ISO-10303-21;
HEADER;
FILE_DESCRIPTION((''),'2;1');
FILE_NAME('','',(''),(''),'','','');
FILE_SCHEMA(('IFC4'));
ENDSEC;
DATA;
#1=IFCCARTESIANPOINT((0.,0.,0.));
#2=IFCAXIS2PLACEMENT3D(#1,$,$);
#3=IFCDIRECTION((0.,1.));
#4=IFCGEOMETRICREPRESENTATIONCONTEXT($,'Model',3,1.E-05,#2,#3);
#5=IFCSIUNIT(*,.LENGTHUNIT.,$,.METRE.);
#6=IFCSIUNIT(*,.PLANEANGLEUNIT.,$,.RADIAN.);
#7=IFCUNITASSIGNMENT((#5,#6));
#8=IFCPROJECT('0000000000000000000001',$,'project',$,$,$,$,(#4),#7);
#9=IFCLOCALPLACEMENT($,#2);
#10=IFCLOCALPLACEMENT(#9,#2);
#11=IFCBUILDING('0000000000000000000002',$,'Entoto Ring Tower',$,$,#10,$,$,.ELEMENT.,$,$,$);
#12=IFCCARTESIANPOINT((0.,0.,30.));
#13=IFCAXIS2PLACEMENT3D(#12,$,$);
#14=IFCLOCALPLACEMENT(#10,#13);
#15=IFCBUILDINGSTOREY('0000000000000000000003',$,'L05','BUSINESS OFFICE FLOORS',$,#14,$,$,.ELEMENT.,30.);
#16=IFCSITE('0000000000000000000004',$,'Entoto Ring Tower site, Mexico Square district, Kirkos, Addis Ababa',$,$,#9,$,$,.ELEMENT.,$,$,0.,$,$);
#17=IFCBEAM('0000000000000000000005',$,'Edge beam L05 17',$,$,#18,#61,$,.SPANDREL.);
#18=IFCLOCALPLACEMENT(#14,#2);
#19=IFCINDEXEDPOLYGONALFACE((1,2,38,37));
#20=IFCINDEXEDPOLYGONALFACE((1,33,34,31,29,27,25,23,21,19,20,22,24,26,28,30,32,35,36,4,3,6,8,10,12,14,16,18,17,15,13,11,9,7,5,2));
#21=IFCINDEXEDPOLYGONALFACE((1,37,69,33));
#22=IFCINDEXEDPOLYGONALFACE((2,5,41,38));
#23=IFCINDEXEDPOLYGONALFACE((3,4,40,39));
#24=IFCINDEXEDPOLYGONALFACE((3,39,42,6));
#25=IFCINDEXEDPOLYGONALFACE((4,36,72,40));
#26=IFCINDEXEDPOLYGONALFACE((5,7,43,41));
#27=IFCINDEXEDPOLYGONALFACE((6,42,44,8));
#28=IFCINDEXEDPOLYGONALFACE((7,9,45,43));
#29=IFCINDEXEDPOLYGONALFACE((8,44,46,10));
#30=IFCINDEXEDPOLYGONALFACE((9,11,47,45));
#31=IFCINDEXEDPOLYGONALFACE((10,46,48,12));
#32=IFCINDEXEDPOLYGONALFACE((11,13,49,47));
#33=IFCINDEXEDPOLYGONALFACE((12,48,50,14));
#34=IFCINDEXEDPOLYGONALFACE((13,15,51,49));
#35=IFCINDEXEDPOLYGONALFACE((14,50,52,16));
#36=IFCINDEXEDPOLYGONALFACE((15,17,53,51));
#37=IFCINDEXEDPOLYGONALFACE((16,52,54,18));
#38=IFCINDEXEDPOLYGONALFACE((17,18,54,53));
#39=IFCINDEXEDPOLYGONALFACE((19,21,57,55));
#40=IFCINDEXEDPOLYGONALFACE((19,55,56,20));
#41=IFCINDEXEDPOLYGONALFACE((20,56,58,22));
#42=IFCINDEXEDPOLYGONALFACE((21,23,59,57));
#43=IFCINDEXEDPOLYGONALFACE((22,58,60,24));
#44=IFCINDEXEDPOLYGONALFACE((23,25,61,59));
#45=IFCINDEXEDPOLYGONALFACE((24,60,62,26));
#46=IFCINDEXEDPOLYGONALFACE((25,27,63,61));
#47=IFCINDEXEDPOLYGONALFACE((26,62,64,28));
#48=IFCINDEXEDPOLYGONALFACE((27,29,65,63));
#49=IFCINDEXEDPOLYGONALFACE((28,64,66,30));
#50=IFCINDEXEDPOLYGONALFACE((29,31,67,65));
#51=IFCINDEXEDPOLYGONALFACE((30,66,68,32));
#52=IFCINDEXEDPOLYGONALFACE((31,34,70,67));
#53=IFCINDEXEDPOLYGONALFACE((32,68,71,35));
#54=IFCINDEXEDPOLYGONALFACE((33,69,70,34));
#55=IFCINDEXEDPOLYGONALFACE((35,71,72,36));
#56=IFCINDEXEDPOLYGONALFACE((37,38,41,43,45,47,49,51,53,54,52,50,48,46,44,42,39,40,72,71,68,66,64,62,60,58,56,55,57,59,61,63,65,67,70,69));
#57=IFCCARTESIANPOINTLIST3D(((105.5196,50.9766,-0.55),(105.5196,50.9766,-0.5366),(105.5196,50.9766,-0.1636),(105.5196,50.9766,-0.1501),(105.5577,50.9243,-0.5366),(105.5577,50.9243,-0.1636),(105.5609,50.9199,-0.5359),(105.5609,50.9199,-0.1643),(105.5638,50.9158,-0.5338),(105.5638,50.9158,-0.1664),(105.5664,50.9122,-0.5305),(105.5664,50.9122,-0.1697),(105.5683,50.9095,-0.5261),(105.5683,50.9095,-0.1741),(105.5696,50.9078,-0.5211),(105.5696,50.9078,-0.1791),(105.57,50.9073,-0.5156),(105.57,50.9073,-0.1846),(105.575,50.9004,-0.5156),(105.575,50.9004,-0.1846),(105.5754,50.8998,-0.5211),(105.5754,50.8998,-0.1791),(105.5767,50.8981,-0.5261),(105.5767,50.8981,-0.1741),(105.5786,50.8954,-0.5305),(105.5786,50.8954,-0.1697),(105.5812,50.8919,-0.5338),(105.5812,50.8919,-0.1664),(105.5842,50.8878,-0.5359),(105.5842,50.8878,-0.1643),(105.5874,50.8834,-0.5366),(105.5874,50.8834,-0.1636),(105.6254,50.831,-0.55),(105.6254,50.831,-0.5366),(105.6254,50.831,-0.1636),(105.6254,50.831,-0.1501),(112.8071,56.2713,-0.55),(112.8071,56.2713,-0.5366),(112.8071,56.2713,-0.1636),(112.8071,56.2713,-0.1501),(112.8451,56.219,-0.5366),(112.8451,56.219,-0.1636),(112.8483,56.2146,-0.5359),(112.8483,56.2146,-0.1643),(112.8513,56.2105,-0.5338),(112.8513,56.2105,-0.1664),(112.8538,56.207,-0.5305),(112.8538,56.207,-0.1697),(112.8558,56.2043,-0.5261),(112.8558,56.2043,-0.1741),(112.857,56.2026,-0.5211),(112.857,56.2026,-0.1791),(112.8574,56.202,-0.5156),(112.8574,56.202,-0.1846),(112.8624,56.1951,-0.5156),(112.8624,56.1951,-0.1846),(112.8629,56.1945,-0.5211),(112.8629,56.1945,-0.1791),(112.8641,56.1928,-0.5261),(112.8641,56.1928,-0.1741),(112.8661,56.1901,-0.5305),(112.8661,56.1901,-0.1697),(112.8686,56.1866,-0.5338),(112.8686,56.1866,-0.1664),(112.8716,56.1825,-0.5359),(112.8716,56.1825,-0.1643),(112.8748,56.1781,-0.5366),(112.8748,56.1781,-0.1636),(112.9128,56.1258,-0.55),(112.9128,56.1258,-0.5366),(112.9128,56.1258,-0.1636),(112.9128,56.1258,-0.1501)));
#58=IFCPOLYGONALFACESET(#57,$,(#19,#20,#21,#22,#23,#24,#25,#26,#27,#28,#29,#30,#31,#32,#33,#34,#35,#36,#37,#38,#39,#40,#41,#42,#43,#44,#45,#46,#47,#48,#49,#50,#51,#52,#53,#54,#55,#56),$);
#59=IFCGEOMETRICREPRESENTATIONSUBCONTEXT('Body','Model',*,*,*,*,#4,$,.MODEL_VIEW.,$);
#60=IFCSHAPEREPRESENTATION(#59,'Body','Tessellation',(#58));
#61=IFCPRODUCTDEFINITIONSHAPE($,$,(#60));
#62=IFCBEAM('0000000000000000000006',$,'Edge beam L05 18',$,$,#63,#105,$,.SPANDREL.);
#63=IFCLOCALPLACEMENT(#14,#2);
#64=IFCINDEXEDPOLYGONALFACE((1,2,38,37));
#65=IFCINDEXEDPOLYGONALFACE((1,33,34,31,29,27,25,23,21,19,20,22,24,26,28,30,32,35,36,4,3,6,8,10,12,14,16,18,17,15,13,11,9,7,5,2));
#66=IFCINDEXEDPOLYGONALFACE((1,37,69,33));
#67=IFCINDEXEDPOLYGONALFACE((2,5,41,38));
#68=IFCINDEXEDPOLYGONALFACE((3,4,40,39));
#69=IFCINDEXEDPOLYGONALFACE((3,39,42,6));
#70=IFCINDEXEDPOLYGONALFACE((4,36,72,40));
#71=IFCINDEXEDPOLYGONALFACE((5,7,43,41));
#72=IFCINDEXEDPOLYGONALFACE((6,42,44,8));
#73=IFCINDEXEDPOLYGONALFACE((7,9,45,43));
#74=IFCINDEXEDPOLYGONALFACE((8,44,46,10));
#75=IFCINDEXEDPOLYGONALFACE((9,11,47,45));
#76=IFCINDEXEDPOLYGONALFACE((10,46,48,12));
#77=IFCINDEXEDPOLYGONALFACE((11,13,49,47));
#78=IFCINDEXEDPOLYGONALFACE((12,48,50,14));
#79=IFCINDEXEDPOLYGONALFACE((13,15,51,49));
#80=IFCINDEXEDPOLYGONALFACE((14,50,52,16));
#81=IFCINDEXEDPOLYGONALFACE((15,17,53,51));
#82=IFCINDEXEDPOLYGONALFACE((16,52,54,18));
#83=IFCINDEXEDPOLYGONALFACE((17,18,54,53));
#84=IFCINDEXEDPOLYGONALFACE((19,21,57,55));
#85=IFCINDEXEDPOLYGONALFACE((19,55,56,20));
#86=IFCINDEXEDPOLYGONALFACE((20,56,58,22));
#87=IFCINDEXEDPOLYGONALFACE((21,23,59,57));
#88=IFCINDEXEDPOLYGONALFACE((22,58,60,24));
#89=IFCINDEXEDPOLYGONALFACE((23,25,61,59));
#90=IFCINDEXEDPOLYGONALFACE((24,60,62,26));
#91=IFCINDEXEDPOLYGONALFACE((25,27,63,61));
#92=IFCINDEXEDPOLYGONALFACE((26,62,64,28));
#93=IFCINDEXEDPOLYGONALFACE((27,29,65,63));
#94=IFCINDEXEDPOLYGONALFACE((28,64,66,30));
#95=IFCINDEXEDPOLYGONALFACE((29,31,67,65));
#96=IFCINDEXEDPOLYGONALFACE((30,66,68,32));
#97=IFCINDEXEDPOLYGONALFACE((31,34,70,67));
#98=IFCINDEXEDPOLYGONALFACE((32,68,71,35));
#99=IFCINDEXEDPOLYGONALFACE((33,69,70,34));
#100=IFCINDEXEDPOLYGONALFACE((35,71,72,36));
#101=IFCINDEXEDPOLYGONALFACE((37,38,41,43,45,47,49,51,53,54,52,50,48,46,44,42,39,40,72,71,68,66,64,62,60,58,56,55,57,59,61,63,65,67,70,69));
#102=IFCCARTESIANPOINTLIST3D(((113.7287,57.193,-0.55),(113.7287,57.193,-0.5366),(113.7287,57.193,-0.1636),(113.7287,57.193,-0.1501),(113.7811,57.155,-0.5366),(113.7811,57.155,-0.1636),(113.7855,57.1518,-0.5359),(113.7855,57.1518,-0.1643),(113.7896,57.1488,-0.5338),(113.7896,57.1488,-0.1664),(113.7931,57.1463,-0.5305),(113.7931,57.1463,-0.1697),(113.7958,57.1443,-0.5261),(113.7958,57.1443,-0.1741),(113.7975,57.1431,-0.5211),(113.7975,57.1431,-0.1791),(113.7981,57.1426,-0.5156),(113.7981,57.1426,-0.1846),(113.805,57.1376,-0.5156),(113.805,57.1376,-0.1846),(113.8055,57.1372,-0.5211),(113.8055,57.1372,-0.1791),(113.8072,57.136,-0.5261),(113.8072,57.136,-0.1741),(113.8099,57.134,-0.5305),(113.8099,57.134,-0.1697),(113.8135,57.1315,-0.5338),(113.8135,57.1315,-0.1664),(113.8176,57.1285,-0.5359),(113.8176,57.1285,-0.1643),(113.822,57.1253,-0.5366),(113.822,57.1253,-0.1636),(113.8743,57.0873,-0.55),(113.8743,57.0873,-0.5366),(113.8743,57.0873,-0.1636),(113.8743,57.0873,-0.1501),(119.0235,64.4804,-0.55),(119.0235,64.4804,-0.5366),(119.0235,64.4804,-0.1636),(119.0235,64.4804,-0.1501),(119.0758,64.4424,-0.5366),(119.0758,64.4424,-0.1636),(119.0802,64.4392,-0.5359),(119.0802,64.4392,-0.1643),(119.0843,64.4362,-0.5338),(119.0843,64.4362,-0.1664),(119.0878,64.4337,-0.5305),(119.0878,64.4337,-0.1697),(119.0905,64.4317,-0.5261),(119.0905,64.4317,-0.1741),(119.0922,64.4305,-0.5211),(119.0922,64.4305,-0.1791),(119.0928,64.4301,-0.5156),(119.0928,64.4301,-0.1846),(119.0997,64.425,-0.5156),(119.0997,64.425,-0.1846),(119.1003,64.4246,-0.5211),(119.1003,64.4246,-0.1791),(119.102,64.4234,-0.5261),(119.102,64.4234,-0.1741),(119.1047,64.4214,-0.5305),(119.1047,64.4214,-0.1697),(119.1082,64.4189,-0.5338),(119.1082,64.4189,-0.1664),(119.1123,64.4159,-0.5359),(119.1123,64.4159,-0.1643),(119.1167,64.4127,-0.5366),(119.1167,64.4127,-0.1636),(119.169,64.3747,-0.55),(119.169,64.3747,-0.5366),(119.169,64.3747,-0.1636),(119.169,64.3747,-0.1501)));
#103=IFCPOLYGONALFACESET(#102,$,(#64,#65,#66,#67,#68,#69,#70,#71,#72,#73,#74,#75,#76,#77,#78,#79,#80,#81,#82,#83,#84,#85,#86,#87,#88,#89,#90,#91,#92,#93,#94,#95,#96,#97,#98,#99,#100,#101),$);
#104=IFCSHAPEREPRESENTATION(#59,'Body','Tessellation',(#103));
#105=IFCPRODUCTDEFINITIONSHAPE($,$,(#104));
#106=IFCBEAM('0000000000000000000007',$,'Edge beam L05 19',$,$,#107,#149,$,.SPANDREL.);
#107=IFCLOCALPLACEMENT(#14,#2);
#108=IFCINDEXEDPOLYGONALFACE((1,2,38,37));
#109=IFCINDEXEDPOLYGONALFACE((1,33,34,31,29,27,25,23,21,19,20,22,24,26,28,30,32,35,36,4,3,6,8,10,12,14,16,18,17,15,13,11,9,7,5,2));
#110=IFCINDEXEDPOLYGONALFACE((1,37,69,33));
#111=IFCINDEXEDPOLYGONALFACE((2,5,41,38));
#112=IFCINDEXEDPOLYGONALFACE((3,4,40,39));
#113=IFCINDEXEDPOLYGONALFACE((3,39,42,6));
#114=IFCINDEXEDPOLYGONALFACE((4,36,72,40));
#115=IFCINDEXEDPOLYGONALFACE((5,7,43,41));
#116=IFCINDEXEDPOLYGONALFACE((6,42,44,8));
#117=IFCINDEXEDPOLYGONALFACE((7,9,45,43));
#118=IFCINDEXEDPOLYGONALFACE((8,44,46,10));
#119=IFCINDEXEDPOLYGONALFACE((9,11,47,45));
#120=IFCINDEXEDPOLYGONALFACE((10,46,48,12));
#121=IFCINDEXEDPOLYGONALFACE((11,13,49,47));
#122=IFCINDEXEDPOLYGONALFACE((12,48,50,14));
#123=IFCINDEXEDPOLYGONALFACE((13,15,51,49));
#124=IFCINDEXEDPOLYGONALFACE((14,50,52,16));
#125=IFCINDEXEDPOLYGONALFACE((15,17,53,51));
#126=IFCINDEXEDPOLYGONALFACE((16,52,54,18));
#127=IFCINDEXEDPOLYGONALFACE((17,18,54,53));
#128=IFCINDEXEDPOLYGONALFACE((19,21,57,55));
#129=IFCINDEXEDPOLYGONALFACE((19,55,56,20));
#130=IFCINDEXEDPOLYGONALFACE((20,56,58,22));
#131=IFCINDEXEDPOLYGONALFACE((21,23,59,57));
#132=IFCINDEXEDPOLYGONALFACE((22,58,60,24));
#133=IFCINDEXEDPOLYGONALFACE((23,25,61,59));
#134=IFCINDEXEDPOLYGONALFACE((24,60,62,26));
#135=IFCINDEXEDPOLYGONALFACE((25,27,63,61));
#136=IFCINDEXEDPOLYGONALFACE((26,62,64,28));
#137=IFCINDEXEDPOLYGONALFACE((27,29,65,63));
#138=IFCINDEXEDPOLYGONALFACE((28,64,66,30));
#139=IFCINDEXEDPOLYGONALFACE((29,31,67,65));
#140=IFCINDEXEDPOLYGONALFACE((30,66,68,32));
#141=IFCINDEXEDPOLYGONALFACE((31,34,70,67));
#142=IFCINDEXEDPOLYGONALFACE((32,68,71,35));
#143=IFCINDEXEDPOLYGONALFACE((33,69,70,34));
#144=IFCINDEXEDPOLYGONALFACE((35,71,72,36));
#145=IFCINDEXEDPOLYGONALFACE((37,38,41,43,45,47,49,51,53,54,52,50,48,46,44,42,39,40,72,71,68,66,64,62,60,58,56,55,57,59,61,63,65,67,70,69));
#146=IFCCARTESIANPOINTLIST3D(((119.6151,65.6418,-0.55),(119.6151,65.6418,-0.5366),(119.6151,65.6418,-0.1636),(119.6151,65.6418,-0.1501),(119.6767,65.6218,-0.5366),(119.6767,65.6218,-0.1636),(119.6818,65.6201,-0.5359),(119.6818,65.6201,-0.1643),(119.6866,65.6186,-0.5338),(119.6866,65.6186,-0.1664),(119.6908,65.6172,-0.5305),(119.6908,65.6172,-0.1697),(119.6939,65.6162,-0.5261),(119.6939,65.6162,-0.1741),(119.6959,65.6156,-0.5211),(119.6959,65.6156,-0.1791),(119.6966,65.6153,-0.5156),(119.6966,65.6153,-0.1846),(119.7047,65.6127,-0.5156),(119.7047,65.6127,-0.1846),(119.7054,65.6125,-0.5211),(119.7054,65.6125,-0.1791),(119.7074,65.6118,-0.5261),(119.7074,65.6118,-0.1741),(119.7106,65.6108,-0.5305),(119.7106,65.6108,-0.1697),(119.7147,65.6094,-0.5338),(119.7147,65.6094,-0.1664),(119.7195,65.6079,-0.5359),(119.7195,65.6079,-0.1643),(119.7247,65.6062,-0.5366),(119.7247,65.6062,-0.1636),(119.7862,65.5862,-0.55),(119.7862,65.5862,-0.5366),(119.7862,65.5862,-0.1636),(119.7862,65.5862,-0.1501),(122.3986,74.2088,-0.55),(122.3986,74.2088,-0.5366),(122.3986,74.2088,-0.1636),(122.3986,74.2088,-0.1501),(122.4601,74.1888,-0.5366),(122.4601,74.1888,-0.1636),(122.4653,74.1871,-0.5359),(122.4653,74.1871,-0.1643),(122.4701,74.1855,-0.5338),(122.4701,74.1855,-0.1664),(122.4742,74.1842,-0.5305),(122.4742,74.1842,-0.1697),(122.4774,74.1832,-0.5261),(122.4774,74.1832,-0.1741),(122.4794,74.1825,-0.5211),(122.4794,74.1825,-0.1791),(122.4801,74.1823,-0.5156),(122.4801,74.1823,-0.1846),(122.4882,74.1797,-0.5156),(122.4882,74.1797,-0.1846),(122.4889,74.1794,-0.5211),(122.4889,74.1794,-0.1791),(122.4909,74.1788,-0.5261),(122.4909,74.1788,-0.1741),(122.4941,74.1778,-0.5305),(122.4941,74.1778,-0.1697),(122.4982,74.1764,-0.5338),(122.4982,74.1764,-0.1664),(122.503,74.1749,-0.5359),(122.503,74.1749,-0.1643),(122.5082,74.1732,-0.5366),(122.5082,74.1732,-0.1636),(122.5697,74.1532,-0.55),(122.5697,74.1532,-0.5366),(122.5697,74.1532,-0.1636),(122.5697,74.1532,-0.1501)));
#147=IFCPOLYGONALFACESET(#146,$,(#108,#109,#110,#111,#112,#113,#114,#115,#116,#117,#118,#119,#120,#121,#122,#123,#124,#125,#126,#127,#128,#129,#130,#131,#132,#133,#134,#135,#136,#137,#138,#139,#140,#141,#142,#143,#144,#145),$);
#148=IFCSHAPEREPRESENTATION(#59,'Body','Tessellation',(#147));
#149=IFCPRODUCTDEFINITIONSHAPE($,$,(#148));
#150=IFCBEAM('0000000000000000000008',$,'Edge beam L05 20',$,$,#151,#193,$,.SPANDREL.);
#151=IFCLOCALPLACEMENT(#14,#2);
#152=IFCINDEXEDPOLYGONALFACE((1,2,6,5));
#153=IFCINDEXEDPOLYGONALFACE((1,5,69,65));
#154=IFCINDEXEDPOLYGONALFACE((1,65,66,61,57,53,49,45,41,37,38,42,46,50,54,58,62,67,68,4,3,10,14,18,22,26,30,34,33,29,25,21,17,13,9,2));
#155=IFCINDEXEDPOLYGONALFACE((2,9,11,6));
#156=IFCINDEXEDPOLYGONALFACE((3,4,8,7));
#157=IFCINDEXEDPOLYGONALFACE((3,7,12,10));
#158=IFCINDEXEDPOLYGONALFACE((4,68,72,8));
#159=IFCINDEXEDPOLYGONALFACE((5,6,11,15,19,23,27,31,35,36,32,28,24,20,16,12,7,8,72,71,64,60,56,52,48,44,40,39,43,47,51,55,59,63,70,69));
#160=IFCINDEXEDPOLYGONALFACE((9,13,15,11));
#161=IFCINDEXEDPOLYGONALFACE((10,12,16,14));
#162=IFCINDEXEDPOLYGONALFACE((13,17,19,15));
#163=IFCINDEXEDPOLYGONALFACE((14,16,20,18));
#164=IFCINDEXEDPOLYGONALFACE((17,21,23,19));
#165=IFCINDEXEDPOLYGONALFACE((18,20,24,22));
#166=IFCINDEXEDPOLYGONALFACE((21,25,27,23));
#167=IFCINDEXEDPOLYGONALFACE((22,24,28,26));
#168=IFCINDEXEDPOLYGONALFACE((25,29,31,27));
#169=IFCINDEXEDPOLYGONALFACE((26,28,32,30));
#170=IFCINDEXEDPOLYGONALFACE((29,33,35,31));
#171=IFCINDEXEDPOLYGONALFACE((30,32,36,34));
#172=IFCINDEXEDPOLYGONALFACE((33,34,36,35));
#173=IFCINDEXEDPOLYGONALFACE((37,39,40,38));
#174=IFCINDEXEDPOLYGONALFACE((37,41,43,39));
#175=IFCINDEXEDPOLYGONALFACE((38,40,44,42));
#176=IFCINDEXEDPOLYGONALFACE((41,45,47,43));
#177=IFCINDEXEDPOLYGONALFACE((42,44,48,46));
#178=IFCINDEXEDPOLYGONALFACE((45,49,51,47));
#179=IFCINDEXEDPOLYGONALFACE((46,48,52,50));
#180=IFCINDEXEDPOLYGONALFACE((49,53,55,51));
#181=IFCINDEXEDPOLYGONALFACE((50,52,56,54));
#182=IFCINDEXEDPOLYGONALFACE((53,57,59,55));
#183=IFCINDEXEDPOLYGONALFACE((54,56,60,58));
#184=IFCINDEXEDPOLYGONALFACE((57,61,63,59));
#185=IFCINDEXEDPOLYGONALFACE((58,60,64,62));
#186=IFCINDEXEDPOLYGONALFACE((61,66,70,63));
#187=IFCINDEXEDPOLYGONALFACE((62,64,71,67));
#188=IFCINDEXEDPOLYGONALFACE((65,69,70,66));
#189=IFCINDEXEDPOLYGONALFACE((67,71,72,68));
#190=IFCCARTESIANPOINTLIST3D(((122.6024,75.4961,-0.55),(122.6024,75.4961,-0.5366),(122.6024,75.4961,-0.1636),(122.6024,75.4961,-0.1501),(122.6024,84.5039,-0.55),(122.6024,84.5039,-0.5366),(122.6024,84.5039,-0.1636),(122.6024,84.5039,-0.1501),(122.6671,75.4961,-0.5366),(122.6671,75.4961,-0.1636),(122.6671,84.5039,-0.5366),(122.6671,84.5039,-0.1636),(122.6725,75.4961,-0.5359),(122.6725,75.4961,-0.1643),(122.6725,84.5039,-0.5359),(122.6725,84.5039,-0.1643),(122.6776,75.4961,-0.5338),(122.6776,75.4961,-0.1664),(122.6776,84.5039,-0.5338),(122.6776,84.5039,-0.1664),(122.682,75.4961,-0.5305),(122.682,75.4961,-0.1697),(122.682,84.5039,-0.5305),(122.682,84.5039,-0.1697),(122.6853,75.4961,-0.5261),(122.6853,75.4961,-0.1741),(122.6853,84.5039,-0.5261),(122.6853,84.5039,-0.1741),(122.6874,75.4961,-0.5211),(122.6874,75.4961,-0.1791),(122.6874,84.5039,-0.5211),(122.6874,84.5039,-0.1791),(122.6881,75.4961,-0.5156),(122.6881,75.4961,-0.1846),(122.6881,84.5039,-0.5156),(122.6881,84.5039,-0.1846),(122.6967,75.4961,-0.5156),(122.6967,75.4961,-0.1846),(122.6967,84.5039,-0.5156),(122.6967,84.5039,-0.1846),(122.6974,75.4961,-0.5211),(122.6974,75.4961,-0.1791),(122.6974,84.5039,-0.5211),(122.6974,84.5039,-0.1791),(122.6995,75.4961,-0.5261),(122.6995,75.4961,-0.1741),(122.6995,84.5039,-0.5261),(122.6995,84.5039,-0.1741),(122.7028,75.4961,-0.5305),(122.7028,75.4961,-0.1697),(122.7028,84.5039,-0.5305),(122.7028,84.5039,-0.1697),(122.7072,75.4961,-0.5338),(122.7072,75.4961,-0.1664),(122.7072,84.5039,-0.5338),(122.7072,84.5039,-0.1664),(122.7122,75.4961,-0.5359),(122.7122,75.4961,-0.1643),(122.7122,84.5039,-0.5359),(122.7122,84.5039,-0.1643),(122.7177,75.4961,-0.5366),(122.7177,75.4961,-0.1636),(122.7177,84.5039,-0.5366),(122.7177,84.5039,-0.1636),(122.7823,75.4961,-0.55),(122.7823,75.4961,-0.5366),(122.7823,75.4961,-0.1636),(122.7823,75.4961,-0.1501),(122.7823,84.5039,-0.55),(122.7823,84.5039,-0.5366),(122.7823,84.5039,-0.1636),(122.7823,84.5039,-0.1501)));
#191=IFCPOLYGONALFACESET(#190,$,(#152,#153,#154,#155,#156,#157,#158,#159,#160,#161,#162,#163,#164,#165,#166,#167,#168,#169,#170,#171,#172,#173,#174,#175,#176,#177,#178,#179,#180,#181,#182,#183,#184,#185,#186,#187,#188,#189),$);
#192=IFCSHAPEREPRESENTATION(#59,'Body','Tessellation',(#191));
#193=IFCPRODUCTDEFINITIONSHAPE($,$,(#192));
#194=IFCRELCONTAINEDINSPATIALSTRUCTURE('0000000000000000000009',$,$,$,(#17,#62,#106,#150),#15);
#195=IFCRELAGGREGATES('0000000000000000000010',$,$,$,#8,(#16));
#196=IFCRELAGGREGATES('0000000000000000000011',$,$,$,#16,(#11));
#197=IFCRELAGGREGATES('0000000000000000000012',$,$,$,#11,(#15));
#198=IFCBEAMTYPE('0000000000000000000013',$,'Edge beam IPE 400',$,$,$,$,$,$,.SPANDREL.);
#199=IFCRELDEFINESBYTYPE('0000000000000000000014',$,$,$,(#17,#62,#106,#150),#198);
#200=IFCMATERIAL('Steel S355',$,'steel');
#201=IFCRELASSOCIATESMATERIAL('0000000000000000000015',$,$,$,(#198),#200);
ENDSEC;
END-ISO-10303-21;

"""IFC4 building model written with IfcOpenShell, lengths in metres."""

from ifc_helpers import new_model, si_unit, direction, frame, origin, origin_2d, place, context, subcontext, project, spatial, i_section, extrude, material, material_profile, profile_set, type_object, element, save


model = new_model("IFC4")

# Units and contexts
model_context = context("Model", 3, precision=1e-05, world=origin(), true_north=direction((0.0, 1.0)))
body_context = subcontext(model_context, "Body", "Model", "MODEL_VIEW")
ifc_project = project(units=[si_unit("LENGTHUNIT", "METRE"), si_unit("PLANEANGLEUNIT", "RADIAN")], contexts=[model_context])

# Site, building, storey
site_placement = place(None, origin())
site = spatial("IfcSite", under=ifc_project, at=site_placement, Name="Entoto Ring Tower site, Mexico Square district, Kirkos, Addis Ababa", CompositionType="ELEMENT", RefElevation=0.0)
building_placement = place(site_placement, origin())
building = spatial("IfcBuilding", under=site, at=building_placement, Name="Entoto Ring Tower", CompositionType="ELEMENT")
storey_placement = place(building_placement, frame((0.0, 0.0, 30.0)))
storey = spatial("IfcBuildingStorey", under=building, at=storey_placement, Name="L05", Description="BUSINESS OFFICE FLOORS", CompositionType="ELEMENT", Elevation=30.0)

# Beams
ifc_material_1 = material(Name="Steel S355", Category="steel")
ifc_material_profile_1 = material_profile(ifc_material_1, i_section(OverallWidth=0.1799, OverallDepth=0.3999, WebThickness=0.0085, FlangeThickness=0.0134, FilletRadius=0.021, at=origin_2d()), Name="IPE 400")
ifc_profile_set_1 = profile_set([ifc_material_profile_1], Name="Steel S355")
beam_type_1 = type_object("IfcBeamType", Name="Edge beam IPE 400", PredefinedType="SPANDREL", material=ifc_profile_set_1)
for number, where, z_axis, x_axis, name in (
    (1, (105.5725, 50.9038, -0.3501), (0.809011, 0.587793, 0.0), (-0.587793, 0.809011, 0.0), "Edge beam L05 17"),
    (2, (113.8015, 57.1401, -0.3501), (0.587793, 0.809011, 0.0), (-0.809011, 0.587793, 0.0), "Edge beam L05 18"),
    (3, (119.7007, 65.614, -0.3501), (0.309006, 0.95106, 0.0), (-0.95106, 0.309006, 0.0), "Edge beam L05 19"),
    (4, (122.6924, 75.4961, -0.3501), (0.0, 1.0, 0.0), (-1.0, 0.0, 0.0), "Edge beam L05 20"),
):
    element("IfcBeam", number, at=place(storey_placement, frame(where, z_axis=z_axis, x_axis=x_axis)), inside=storey, type_object=beam_type_1, Name=name, PredefinedType="SPANDREL", context=body_context, shape_type="SweptSolid", body=[
        extrude(i_section(OverallWidth=0.1799, OverallDepth=0.3999, WebThickness=0.0085, FlangeThickness=0.0134, FilletRadius=0.021, at=origin_2d()), origin(), (0.0, 0.0, 1.0), 9.0078),
    ])

save(model, "model.ifc")
